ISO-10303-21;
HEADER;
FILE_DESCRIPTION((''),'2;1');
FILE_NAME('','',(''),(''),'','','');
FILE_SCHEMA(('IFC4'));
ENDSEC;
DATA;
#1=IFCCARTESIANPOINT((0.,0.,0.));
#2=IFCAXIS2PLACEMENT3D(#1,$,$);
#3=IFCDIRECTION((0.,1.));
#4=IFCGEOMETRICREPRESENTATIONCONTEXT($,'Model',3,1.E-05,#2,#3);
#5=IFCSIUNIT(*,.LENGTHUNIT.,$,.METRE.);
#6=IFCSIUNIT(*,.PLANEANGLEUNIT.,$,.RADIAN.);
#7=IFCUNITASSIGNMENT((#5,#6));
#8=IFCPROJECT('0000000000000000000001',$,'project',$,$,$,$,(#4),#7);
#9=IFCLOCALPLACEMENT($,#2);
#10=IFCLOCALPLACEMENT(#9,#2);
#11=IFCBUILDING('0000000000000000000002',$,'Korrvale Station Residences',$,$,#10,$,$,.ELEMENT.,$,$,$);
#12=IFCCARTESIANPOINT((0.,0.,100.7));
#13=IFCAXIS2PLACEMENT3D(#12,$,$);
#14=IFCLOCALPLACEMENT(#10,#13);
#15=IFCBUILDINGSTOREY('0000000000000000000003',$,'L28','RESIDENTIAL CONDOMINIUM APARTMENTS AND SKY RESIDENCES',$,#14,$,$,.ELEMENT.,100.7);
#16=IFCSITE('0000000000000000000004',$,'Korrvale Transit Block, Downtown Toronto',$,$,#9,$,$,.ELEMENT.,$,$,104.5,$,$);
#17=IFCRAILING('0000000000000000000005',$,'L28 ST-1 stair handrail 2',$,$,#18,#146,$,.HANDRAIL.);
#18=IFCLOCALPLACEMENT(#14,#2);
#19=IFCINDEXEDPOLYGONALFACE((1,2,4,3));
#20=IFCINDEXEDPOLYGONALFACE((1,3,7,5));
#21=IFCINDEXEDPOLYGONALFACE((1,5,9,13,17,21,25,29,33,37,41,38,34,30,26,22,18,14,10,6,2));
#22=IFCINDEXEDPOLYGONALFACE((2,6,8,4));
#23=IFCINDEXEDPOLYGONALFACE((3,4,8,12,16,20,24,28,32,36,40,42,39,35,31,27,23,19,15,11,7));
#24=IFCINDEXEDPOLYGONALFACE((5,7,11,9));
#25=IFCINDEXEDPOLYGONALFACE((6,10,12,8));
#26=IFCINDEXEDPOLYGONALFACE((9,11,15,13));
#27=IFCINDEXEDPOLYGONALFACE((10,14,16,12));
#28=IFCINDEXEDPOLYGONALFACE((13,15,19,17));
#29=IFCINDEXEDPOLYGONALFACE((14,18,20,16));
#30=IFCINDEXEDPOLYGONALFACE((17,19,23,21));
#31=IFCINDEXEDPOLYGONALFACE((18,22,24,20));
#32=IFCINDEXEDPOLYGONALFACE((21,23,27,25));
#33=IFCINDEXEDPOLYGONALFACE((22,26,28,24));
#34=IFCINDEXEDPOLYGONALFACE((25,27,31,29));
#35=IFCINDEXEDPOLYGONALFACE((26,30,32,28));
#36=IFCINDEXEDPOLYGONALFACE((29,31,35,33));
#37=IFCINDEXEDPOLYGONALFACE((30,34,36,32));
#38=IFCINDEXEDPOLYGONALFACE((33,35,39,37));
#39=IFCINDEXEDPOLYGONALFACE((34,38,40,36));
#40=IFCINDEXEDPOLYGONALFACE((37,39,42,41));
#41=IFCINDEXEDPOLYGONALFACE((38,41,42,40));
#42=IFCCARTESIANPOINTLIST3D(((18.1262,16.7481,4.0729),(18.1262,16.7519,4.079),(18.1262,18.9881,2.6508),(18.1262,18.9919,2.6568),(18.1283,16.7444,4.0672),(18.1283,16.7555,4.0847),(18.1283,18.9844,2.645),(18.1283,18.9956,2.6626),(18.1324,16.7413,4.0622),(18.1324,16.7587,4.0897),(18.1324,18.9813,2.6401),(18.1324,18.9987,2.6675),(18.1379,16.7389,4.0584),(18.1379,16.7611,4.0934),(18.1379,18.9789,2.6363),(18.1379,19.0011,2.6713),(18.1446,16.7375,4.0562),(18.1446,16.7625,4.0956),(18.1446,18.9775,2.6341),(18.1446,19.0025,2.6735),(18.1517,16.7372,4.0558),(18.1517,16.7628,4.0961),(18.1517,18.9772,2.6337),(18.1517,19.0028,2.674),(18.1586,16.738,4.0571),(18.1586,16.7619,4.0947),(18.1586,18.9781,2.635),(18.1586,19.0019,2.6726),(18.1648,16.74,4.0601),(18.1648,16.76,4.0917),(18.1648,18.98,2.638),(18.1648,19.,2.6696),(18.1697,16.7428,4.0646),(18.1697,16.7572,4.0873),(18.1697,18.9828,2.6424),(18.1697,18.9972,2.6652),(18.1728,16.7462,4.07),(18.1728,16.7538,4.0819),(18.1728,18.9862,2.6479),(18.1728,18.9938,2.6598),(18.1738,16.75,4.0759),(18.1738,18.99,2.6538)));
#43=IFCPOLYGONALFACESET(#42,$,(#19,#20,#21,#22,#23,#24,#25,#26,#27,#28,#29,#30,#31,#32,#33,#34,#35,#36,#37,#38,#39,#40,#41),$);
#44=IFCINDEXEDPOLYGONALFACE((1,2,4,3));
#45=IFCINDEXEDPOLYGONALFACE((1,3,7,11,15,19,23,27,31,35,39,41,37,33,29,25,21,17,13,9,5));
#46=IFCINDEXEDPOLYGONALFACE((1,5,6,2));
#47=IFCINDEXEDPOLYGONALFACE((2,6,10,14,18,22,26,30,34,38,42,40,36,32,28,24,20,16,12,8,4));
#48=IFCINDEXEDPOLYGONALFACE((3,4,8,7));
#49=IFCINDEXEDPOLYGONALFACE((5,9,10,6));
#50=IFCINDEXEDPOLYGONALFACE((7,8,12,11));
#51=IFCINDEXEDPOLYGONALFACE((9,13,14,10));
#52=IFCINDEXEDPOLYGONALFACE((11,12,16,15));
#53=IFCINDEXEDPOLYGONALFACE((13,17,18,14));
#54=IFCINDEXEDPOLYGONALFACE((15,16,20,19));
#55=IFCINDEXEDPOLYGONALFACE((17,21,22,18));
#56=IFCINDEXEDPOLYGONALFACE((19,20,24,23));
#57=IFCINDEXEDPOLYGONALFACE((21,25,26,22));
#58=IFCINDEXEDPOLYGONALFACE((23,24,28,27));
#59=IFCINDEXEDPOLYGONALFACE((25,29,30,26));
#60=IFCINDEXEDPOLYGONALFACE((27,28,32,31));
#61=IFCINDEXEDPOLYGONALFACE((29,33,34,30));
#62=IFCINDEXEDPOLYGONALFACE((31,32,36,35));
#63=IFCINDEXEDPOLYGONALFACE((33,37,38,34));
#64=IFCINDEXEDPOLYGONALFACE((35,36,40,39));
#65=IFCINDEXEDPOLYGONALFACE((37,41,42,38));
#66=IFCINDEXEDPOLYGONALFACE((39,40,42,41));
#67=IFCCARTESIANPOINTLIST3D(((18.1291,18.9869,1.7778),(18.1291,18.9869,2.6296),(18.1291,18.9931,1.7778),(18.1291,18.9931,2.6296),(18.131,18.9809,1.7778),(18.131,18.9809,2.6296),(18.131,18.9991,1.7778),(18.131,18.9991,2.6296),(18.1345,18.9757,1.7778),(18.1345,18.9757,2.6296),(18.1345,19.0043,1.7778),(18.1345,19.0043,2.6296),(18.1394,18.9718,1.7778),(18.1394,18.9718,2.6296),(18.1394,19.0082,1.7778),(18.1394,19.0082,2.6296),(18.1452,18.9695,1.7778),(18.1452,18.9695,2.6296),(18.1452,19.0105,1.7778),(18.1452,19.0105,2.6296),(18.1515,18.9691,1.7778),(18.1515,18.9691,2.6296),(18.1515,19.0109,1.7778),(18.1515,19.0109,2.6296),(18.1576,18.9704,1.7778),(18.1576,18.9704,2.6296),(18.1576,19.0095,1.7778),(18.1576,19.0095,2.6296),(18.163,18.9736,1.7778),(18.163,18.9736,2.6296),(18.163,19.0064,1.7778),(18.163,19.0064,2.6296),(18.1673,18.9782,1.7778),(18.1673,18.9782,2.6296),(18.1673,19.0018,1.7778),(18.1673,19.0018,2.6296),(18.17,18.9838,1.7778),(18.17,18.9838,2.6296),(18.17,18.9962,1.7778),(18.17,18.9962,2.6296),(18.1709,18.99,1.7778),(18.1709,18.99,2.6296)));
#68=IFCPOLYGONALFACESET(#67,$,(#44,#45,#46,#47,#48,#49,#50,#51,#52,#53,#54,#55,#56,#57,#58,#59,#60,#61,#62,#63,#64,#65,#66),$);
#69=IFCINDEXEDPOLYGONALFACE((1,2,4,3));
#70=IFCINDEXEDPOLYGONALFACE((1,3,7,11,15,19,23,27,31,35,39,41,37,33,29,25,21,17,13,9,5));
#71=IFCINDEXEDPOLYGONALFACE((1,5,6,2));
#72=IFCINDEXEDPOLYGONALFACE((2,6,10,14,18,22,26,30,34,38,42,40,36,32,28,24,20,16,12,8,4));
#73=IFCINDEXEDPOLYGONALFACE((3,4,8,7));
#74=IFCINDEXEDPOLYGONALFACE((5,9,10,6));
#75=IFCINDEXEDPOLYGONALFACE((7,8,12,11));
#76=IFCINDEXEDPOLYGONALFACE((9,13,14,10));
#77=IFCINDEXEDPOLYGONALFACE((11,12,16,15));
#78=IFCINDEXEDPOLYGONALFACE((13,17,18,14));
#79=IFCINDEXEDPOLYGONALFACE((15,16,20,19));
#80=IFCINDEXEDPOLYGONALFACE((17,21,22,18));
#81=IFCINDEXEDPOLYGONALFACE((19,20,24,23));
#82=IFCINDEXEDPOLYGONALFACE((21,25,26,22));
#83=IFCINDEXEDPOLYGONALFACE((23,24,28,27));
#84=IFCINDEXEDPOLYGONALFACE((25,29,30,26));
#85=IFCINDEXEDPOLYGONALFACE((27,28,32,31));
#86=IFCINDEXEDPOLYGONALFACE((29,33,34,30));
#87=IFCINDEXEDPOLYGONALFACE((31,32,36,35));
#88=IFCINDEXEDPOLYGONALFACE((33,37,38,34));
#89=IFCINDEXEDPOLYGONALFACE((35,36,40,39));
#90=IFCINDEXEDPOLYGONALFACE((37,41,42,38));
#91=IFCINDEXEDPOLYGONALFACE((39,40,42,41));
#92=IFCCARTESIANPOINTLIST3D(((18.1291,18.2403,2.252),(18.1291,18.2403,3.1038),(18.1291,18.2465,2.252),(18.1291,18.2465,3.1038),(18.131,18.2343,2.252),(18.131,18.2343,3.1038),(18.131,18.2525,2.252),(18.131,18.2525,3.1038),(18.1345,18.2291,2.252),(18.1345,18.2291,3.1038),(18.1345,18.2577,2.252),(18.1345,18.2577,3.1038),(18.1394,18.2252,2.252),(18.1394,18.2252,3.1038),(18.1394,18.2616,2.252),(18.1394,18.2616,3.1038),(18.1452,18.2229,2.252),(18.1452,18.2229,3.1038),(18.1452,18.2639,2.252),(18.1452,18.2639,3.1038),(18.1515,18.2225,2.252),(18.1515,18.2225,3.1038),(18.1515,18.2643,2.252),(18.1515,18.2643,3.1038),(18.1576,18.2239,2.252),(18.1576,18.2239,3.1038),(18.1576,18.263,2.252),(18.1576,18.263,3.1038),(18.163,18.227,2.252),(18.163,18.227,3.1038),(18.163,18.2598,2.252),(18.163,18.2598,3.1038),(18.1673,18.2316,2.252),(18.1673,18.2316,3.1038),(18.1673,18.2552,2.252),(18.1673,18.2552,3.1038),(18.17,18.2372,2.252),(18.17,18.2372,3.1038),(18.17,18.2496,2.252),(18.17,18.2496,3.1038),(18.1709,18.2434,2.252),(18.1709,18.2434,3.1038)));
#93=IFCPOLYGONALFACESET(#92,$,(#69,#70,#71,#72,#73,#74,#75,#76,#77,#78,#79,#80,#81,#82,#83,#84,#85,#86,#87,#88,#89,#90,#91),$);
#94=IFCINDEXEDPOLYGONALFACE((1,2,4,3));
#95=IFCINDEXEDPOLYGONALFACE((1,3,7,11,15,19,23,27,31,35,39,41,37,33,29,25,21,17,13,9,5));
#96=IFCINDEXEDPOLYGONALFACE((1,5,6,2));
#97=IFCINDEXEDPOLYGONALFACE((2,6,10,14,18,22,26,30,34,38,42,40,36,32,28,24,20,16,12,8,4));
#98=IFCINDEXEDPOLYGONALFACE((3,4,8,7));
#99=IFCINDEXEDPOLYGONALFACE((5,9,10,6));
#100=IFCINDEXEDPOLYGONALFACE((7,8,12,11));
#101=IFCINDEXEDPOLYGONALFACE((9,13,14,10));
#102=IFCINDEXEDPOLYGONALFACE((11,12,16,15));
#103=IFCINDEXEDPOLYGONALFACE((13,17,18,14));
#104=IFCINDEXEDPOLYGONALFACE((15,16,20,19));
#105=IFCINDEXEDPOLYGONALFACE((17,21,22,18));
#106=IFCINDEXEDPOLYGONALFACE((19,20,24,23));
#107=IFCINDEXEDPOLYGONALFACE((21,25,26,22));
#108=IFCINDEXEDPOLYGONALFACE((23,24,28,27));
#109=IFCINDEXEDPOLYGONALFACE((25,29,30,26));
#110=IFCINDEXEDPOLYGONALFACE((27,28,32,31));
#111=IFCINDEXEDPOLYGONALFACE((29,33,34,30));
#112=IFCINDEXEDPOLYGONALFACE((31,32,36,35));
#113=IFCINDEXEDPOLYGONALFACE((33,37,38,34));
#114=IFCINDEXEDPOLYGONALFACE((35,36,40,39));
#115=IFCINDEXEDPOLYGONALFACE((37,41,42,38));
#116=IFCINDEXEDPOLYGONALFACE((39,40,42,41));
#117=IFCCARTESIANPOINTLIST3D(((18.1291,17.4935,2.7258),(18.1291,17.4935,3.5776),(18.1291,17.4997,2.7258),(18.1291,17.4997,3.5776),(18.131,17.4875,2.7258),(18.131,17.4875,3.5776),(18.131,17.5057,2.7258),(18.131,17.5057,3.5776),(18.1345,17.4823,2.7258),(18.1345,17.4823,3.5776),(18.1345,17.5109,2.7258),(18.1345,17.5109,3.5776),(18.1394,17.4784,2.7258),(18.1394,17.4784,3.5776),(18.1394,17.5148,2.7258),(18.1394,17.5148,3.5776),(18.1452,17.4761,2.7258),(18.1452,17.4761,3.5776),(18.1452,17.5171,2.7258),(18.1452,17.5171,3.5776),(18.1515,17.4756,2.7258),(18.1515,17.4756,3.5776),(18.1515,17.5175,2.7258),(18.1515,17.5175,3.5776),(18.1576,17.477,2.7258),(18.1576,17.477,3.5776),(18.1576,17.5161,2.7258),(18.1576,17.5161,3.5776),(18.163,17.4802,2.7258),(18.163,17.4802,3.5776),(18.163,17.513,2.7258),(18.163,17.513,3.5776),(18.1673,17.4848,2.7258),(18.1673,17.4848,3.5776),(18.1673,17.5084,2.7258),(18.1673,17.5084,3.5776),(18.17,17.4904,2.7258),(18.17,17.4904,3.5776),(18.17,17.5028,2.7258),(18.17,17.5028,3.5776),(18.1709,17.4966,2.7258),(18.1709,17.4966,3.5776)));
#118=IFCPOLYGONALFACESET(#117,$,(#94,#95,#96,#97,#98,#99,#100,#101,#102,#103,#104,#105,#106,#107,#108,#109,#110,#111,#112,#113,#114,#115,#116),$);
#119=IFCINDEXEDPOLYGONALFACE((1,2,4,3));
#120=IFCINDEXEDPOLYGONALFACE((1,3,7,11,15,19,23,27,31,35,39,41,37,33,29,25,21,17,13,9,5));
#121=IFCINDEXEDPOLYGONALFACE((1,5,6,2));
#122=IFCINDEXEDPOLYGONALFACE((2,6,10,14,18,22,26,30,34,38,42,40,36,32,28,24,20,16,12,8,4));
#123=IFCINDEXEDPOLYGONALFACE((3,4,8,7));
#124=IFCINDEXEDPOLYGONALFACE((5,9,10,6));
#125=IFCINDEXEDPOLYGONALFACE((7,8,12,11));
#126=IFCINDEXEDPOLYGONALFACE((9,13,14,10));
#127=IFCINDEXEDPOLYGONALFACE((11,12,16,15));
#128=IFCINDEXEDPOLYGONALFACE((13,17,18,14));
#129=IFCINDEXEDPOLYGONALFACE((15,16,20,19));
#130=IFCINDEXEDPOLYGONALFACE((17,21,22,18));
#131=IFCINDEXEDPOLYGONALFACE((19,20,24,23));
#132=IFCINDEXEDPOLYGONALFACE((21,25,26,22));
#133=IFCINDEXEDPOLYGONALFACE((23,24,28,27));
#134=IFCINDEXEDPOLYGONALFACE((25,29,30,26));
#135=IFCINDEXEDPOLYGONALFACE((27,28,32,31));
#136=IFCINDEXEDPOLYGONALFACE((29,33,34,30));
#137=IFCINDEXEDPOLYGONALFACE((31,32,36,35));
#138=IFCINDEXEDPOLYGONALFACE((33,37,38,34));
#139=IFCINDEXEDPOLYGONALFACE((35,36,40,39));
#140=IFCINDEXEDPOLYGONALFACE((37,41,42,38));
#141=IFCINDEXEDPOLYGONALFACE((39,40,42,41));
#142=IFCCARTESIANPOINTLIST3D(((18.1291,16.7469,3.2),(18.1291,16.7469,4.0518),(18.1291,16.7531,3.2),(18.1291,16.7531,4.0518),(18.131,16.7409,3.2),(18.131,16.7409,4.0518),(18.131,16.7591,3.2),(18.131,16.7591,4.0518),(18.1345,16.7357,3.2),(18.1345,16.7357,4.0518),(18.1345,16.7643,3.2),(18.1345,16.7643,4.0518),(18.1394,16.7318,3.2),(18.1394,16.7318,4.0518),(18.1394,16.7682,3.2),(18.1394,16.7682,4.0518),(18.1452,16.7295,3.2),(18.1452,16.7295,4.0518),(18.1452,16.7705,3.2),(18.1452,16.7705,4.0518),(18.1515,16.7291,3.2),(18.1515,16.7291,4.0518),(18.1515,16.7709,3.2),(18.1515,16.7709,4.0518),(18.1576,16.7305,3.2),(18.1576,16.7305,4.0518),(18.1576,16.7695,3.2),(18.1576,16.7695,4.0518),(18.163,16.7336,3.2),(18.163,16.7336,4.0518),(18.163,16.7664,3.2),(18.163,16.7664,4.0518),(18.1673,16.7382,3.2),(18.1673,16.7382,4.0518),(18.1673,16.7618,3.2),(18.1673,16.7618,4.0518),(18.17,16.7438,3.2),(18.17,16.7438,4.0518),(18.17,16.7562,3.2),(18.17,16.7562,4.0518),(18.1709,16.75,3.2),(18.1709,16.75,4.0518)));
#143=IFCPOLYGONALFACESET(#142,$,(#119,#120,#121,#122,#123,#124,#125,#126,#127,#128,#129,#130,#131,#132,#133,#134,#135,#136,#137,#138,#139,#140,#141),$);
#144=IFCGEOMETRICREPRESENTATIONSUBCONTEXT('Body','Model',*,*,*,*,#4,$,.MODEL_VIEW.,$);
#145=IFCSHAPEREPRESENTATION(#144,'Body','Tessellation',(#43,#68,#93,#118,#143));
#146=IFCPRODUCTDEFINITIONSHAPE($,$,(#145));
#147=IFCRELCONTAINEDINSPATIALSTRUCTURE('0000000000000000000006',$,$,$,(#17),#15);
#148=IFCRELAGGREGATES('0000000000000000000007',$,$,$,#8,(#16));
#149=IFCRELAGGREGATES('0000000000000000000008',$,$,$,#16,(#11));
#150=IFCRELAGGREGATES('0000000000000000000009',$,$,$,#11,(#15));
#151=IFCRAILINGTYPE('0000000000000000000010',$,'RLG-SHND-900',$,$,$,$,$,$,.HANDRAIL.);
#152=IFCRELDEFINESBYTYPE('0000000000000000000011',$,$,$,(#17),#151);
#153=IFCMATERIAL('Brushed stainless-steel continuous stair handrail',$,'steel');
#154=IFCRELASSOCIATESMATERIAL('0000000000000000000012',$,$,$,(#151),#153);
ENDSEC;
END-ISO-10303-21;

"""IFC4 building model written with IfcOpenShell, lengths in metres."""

from ifc_helpers import new_model, si_unit, direction, frame, origin, origin_2d, place, context, subcontext, project, spatial, circle, extrude, material, type_object, element, save


model = new_model("IFC4")

# Units and contexts
model_context = context("Model", 3, precision=1e-05, world=origin(), true_north=direction((0.0, 1.0)))
body_context = subcontext(model_context, "Body", "Model", "MODEL_VIEW")
ifc_project = project(units=[si_unit("LENGTHUNIT", "METRE"), si_unit("PLANEANGLEUNIT", "RADIAN")], contexts=[model_context])

# Site, building, storey
site_placement = place(None, origin())
site = spatial("IfcSite", under=ifc_project, at=site_placement, Name="Korrvale Transit Block, Downtown Toronto", CompositionType="ELEMENT", RefElevation=104.5)
building_placement = place(site_placement, origin())
building = spatial("IfcBuilding", under=site, at=building_placement, Name="Korrvale Station Residences", CompositionType="ELEMENT")
storey_placement = place(building_placement, frame((0.0, 0.0, 100.7)))
storey = spatial("IfcBuildingStorey", under=building, at=storey_placement, Name="L28", Description="RESIDENTIAL CONDOMINIUM APARTMENTS AND SKY RESIDENCES", CompositionType="ELEMENT", Elevation=100.7)

# Railing
ifc_material_1 = material(Name="Brushed stainless-steel continuous stair handrail", Category="steel")
railing_type_1 = type_object("IfcRailingType", Name="RLG-SHND-900", PredefinedType="HANDRAIL", material=ifc_material_1)
railing_1_placement = place(storey_placement, frame((18.1499, 18.99, 1.7778)))
element("IfcRailing", 1, at=railing_1_placement, inside=storey, type_object=railing_type_1, Name="L28 ST-1 stair handrail 2", PredefinedType="HANDRAIL", context=body_context, shape_type="SweptSolid", body=[
    extrude(circle(Radius=0.0239, at=origin_2d()), frame((0.0, 0.0, 0.876), z_axis=(0.0, -0.844229, 0.535982), x_axis=(1.0, 0.0, 0.0)), (0.0, 0.0, 1.0), 2.6533),
    extrude(circle(Radius=0.021, at=origin_2d()), origin(), (0.0, 0.0, 1.0), 0.8518),
    extrude(circle(Radius=0.021, at=origin_2d()), frame((0.0, -0.7466, 0.4741)), (0.0, 0.0, 1.0), 0.8518),
    extrude(circle(Radius=0.021, at=origin_2d()), frame((0.0, -1.4934, 0.948)), (0.0, 0.0, 1.0), 0.8518),
    extrude(circle(Radius=0.021, at=origin_2d()), frame((0.0, -2.24, 1.4221)), (0.0, 0.0, 1.0), 0.8518),
])

save(model, "model.ifc")
